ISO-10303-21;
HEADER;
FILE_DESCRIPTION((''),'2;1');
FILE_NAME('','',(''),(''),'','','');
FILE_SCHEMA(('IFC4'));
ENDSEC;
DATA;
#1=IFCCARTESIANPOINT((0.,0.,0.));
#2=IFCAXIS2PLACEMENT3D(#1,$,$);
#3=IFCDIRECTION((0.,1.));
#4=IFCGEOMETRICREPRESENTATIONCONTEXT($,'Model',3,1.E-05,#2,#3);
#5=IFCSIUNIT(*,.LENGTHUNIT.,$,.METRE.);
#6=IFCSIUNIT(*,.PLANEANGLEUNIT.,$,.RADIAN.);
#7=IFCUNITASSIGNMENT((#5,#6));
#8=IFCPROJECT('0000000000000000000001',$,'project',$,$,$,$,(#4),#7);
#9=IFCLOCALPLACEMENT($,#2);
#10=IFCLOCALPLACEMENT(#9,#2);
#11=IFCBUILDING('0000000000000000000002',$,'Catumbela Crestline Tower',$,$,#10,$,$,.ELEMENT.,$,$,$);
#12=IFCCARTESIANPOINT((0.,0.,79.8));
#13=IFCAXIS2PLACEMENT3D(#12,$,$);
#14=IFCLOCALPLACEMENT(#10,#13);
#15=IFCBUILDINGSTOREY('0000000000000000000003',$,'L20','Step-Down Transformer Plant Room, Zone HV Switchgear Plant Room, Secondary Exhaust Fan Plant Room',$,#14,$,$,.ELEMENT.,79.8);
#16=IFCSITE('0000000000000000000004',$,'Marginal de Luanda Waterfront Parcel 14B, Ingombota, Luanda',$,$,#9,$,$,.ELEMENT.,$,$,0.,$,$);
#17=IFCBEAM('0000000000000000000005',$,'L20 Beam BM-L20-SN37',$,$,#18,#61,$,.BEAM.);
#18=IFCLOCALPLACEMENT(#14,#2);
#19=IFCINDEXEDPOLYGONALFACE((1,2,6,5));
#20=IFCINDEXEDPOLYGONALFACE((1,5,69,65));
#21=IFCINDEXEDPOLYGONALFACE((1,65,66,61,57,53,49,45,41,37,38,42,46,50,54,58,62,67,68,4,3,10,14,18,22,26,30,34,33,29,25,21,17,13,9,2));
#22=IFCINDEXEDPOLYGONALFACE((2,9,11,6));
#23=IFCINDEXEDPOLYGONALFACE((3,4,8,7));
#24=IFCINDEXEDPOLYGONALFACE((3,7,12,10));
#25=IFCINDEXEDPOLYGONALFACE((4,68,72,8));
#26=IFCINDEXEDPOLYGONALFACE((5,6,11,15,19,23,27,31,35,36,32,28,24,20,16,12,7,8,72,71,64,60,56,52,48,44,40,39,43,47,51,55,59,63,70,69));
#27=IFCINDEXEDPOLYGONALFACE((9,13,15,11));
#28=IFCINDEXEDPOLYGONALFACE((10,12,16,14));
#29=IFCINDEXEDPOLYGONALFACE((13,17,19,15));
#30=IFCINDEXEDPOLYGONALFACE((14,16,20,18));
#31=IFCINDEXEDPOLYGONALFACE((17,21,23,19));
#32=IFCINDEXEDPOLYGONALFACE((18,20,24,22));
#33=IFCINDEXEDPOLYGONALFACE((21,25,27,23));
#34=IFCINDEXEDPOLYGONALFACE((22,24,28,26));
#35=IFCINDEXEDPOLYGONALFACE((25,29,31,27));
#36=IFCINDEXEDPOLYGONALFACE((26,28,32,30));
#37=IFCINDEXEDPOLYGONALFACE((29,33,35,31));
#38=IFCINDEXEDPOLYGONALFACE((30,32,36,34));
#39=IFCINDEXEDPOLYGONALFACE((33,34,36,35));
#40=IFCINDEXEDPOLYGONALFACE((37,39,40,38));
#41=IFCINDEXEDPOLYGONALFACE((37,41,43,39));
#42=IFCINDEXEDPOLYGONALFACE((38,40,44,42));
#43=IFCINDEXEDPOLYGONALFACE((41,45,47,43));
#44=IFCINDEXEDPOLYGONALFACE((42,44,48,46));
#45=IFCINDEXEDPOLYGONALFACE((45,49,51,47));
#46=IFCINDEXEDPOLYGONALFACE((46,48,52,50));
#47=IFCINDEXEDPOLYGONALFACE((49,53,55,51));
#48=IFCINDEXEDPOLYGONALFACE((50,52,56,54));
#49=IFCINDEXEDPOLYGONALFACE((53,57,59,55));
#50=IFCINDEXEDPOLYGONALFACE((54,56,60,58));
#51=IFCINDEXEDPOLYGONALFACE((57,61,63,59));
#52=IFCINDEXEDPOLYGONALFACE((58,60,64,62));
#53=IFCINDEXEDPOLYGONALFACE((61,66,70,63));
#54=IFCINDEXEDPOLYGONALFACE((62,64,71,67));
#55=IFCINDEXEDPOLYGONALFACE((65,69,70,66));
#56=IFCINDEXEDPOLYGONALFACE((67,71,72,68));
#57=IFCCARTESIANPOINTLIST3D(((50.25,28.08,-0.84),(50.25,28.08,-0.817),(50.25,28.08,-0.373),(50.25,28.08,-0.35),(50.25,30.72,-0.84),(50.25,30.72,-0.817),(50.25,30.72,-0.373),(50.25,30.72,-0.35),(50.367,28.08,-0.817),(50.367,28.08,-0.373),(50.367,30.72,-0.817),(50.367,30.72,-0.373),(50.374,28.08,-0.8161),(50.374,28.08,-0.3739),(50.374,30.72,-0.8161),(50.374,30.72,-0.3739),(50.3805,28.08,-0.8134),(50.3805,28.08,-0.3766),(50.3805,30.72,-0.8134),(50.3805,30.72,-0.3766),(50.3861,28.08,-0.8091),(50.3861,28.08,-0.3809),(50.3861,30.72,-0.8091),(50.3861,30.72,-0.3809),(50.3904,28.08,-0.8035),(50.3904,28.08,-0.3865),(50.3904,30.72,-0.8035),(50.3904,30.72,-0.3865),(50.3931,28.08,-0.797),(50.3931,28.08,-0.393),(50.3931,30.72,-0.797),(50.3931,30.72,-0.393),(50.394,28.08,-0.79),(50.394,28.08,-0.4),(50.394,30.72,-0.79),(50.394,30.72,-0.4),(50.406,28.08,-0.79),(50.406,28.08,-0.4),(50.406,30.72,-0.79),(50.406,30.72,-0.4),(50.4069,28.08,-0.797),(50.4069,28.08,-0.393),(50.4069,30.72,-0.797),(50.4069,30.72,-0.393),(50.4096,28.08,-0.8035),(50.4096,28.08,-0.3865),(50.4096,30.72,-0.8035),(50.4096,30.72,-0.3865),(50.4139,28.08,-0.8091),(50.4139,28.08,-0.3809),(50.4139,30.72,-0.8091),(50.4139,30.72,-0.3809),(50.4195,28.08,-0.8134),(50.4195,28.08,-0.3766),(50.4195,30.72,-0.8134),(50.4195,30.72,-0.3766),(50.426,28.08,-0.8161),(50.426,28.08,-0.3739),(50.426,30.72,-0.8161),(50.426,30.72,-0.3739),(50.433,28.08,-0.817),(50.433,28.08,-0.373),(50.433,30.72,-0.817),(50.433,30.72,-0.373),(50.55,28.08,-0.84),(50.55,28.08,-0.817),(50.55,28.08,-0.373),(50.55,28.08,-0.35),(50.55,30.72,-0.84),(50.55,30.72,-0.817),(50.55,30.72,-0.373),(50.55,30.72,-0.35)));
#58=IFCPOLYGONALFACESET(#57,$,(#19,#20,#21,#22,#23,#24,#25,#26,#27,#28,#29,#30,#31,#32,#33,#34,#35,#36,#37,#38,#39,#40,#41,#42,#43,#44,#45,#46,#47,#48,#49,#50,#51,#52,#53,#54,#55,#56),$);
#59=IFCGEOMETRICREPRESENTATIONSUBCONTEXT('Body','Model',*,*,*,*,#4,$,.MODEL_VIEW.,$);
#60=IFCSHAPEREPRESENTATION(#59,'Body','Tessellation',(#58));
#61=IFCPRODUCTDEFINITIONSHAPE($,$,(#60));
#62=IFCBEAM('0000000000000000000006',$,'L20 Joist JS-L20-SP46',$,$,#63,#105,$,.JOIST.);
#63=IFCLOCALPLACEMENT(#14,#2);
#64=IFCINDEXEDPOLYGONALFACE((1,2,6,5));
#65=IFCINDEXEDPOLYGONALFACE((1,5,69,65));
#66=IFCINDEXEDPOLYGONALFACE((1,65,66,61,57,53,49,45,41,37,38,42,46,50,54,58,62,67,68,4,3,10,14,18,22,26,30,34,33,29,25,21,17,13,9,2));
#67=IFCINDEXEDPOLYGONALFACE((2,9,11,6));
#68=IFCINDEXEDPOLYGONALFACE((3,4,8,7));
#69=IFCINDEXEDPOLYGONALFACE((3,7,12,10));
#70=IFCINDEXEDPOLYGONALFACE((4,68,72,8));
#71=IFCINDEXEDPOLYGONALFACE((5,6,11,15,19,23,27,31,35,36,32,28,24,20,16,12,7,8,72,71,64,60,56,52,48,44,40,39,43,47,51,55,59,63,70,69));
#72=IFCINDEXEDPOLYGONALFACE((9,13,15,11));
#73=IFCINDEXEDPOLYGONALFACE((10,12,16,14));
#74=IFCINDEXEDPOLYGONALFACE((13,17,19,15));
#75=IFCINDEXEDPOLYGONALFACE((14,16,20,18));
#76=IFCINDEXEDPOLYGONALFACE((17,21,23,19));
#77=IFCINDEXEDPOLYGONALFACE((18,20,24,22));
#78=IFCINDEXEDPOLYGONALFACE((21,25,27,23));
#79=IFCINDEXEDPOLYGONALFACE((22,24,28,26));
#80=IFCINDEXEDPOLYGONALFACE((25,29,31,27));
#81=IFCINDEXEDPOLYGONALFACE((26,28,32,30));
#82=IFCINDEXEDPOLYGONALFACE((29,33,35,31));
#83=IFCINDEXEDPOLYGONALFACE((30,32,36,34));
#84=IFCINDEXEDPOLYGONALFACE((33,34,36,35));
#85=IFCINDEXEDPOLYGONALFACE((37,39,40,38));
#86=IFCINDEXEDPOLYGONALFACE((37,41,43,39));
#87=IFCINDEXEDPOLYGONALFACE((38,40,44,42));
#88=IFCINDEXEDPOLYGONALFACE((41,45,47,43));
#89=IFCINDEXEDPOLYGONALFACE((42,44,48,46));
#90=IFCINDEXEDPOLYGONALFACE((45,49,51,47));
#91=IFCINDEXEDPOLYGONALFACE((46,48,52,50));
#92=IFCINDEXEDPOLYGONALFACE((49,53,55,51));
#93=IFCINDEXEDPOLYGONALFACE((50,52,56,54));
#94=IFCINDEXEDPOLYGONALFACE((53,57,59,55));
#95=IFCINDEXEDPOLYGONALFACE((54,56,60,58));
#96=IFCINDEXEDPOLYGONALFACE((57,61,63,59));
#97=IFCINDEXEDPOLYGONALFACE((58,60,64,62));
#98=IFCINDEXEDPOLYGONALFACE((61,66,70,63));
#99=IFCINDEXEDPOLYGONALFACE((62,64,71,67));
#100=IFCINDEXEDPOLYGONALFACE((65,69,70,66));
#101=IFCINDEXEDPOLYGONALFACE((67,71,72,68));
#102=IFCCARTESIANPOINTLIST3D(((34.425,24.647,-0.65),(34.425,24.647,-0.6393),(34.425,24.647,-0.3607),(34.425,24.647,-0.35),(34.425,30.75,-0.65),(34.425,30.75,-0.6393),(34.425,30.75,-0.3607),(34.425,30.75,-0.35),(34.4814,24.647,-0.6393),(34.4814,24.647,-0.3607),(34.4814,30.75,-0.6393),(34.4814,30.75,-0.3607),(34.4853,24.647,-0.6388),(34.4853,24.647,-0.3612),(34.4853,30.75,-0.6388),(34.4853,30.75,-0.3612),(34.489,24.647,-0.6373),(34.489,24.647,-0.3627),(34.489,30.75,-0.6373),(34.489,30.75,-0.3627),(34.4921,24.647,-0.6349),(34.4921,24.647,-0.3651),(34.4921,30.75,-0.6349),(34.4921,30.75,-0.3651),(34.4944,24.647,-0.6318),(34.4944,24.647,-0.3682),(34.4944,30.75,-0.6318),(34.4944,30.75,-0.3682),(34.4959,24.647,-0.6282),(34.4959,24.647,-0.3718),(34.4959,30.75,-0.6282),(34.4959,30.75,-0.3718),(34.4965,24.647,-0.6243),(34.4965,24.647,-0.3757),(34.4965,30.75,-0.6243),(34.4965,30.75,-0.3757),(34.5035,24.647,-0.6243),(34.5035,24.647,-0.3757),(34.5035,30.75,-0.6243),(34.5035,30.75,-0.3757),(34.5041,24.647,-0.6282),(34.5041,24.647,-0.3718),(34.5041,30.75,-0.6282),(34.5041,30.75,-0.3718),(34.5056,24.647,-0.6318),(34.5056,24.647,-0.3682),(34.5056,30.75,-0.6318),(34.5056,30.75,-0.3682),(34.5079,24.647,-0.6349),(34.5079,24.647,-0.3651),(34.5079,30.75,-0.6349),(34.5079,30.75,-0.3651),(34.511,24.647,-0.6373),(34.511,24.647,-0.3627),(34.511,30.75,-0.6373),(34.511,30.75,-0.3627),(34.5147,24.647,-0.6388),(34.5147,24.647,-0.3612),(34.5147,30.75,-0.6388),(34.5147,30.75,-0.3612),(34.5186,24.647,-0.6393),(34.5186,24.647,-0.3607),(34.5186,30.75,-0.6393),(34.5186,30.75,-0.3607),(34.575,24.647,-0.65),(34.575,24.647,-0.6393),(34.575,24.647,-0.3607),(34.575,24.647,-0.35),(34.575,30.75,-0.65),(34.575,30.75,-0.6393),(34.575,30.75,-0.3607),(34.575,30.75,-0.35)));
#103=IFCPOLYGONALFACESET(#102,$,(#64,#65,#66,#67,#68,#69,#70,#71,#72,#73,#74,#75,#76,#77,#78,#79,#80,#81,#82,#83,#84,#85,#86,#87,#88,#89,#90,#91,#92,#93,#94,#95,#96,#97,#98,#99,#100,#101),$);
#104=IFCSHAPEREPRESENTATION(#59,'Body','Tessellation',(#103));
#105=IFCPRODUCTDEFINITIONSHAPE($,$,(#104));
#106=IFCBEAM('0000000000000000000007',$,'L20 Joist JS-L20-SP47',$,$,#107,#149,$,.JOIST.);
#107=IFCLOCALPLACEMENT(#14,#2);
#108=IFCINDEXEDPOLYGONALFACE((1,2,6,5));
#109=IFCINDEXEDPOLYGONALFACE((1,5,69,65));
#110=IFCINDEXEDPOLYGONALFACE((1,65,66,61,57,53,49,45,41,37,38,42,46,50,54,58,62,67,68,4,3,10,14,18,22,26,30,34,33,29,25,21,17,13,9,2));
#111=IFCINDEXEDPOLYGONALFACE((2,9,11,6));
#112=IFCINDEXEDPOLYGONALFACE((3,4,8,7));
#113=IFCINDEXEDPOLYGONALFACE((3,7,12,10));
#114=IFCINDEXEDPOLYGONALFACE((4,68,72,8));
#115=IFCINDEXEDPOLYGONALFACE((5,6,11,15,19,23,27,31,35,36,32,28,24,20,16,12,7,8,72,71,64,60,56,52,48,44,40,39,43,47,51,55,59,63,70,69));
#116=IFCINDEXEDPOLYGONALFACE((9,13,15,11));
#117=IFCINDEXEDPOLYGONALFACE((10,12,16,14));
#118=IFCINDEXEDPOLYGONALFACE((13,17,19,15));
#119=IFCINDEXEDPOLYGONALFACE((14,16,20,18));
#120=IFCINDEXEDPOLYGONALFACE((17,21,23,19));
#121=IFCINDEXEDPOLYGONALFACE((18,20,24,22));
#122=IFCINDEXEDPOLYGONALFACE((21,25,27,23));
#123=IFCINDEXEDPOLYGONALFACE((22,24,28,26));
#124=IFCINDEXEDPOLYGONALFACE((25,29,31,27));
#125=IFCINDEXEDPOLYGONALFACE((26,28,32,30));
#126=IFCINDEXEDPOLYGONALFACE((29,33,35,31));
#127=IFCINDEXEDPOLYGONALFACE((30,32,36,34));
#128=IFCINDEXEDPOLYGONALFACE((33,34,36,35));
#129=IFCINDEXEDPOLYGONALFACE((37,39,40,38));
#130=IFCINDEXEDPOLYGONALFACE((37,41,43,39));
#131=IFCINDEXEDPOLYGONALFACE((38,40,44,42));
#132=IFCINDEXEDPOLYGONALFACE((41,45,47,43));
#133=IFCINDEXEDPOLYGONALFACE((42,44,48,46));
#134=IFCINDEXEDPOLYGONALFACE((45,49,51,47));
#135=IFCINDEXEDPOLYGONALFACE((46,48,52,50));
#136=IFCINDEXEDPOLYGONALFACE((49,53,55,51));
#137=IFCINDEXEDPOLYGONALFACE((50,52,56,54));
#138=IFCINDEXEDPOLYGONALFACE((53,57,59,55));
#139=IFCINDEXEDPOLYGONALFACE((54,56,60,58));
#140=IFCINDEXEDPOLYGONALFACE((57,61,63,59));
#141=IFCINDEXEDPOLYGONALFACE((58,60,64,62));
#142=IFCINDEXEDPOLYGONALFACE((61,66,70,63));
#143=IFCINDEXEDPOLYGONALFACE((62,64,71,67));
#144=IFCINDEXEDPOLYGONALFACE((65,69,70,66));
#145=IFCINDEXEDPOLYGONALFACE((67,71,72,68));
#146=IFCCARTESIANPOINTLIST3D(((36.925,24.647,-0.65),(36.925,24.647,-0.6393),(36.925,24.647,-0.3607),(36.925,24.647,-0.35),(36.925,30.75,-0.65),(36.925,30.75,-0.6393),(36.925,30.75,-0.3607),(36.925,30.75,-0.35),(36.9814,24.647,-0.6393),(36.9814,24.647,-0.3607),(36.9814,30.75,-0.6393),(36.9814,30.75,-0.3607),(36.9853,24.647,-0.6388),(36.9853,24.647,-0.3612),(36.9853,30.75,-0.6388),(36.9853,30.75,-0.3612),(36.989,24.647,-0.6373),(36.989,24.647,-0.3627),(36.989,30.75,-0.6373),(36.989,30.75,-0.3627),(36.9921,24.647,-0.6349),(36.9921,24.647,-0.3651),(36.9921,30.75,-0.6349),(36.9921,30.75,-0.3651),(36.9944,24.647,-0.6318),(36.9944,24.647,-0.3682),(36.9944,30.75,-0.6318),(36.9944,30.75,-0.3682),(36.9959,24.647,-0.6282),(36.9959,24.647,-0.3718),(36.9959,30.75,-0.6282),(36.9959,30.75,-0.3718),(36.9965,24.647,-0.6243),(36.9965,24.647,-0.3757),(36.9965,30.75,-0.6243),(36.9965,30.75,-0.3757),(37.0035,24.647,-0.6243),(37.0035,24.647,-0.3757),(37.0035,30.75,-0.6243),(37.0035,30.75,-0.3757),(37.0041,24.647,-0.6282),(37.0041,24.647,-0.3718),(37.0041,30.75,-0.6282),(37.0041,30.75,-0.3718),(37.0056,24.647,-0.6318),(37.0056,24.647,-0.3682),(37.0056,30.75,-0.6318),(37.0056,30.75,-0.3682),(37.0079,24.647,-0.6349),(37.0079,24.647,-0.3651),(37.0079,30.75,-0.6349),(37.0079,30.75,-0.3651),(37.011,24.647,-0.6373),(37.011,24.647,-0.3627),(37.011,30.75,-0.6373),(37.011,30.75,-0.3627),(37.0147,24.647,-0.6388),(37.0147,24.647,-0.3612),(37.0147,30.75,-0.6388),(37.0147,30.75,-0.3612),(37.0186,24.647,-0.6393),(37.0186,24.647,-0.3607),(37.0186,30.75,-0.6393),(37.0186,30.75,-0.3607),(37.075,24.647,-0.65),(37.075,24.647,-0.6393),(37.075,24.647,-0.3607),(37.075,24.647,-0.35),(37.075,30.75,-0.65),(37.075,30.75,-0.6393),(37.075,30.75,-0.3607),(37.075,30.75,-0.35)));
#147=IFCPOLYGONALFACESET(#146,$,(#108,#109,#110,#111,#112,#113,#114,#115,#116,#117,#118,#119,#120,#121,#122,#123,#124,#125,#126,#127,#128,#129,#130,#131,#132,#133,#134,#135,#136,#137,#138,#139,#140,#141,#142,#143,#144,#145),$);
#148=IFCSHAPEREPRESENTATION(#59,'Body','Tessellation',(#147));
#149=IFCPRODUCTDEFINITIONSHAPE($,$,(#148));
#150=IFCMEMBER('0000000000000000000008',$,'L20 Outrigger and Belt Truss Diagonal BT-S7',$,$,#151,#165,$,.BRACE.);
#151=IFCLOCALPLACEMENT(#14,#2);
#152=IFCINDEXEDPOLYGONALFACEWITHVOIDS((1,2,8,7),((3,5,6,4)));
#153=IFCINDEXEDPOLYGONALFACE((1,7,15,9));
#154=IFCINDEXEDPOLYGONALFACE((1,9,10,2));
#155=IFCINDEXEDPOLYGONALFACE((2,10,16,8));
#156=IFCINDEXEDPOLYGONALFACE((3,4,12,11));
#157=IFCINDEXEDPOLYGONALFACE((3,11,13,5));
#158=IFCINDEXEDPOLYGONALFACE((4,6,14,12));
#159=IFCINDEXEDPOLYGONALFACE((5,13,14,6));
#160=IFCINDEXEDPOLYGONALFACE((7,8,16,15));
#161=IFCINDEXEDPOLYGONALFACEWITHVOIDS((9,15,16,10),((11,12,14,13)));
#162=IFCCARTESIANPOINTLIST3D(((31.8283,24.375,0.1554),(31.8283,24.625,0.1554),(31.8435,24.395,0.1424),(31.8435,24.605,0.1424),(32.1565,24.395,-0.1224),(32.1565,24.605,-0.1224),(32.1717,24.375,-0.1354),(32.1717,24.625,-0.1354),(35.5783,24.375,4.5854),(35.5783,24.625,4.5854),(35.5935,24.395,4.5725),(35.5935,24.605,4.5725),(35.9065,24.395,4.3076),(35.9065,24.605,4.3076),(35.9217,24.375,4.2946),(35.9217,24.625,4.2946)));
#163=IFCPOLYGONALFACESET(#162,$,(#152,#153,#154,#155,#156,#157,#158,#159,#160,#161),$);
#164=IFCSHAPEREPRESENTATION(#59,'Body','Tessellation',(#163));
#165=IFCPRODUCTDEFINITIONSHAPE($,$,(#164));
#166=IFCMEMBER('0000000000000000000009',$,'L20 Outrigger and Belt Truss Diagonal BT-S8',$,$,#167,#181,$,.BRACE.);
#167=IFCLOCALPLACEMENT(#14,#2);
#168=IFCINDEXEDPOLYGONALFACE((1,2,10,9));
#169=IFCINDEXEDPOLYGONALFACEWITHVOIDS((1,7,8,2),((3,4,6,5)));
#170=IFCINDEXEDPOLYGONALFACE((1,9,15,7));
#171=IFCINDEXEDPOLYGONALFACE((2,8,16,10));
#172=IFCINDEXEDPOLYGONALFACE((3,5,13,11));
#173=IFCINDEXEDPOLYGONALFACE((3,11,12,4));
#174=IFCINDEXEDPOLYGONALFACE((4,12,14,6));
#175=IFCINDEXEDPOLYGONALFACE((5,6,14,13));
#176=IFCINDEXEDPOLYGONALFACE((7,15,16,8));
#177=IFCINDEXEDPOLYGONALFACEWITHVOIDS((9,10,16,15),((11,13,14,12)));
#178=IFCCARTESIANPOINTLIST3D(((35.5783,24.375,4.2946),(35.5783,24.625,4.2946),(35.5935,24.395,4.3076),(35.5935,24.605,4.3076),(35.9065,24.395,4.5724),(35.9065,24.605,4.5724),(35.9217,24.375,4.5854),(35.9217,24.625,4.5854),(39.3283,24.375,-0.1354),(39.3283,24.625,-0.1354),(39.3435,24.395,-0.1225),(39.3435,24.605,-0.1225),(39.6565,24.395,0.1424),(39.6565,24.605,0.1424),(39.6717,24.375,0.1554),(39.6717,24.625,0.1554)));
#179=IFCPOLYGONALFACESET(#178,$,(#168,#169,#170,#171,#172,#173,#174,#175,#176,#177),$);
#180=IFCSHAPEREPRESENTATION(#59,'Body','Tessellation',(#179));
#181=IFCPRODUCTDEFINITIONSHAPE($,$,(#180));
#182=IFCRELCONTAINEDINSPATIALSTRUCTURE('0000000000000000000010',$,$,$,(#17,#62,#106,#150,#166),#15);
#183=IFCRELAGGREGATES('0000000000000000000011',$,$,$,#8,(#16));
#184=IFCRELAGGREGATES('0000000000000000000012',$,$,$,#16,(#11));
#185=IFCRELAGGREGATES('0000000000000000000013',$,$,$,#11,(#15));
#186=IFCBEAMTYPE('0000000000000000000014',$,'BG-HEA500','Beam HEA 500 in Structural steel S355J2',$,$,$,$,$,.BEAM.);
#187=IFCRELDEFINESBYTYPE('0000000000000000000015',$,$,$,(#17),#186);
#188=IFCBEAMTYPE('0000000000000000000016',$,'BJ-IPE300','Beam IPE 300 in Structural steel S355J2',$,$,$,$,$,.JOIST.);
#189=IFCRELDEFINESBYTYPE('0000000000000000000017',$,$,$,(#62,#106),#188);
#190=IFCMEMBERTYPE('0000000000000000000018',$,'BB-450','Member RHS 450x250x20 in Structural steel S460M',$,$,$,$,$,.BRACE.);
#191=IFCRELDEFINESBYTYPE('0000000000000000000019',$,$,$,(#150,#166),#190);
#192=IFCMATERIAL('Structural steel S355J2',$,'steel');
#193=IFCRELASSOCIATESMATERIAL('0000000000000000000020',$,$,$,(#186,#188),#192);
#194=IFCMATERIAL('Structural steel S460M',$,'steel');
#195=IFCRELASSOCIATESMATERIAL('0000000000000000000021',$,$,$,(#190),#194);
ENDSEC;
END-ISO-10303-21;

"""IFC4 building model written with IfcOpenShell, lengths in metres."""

from ifc_helpers import new_model, si_unit, direction, frame, origin, origin_2d, place, context, subcontext, project, spatial, hollow_rectangle, i_section, extrude, material, material_profile, profile_set, type_object, element, save


model = new_model("IFC4")

# Units and contexts
model_context = context("Model", 3, precision=1e-05, world=origin(), true_north=direction((0.0, 1.0)))
body_context = subcontext(model_context, "Body", "Model", "MODEL_VIEW")
ifc_project = project(units=[si_unit("LENGTHUNIT", "METRE"), si_unit("PLANEANGLEUNIT", "RADIAN")], contexts=[model_context])

# Site, building, storey
site_placement = place(None, origin())
site = spatial("IfcSite", under=ifc_project, at=site_placement, Name="Marginal de Luanda Waterfront Parcel 14B, Ingombota, Luanda", CompositionType="ELEMENT", RefElevation=0.0)
building_placement = place(site_placement, origin())
building = spatial("IfcBuilding", under=site, at=building_placement, Name="Catumbela Crestline Tower", CompositionType="ELEMENT")
storey_placement = place(building_placement, frame((0.0, 0.0, 79.8)))
storey = spatial("IfcBuildingStorey", under=building, at=storey_placement, Name="L20", Description="Step-Down Transformer Plant Room, Zone HV Switchgear Plant Room, Secondary Exhaust Fan Plant Room", CompositionType="ELEMENT", Elevation=79.8)

# Shared definitions
ifc_material_1 = material(Name="Structural steel S460M", Category="steel")

# Beams
ifc_material_2 = material(Name="Structural steel S355J2", Category="steel")
ifc_material_profile_1 = material_profile(ifc_material_2, i_section(OverallWidth=0.3, OverallDepth=0.49, WebThickness=0.012, FlangeThickness=0.023, FilletRadius=0.027, at=origin_2d()), Name="HEA 500")
ifc_profile_set_1 = profile_set([ifc_material_profile_1], Name="Structural steel S355J2")
beam_type_1 = type_object("IfcBeamType", Name="BG-HEA500", Description="Beam HEA 500 in Structural steel S355J2", PredefinedType="BEAM", material=ifc_profile_set_1)
beam_1_placement = place(storey_placement, frame((50.4, 28.08, -0.595), z_axis=(0.0, 1.0, 0.0), x_axis=(-1.0, 0.0, 0.0)))
element("IfcBeam", 1, at=beam_1_placement, inside=storey, type_object=beam_type_1, Name="L20 Beam BM-L20-SN37", PredefinedType="BEAM", context=body_context, shape_type="SweptSolid", body=[
    extrude(i_section(OverallWidth=0.3, OverallDepth=0.49, WebThickness=0.012, FlangeThickness=0.023, FilletRadius=0.027, at=origin_2d()), origin(), (0.0, 0.0, 1.0), 2.64),
])
ifc_material_profile_2 = material_profile(ifc_material_2, i_section(OverallWidth=0.15, OverallDepth=0.3, WebThickness=0.0071, FlangeThickness=0.0107, FilletRadius=0.015, at=origin_2d()), Name="IPE 300")
ifc_profile_set_2 = profile_set([ifc_material_profile_2], Name="Structural steel S355J2")
beam_type_2 = type_object("IfcBeamType", Name="BJ-IPE300", Description="Beam IPE 300 in Structural steel S355J2", PredefinedType="JOIST", material=ifc_profile_set_2)
for number, where, z_axis, x_axis, name in (
    (2, (34.5, 24.647, -0.5), (0.0, 1.0, 0.0), (-1.0, 0.0, 0.0), "L20 Joist JS-L20-SP46"),
    (3, (37.0, 24.647, -0.5), (0.0, 1.0, 0.0), (-1.0, 0.0, 0.0), "L20 Joist JS-L20-SP47"),
):
    element("IfcBeam", number, at=place(storey_placement, frame(where, z_axis=z_axis, x_axis=x_axis)), inside=storey, type_object=beam_type_2, Name=name, PredefinedType="JOIST", context=body_context, shape_type="SweptSolid", body=[
        extrude(i_section(OverallWidth=0.15, OverallDepth=0.3, WebThickness=0.0071, FlangeThickness=0.0107, FilletRadius=0.015, at=origin_2d()), origin(), (0.0, 0.0, 1.0), 6.103),
    ])

# Members
ifc_material_profile_3 = material_profile(ifc_material_1, hollow_rectangle(XDim=0.25, YDim=0.45, WallThickness=0.02, at=origin_2d()), Name="RHS 450x250x20")
ifc_profile_set_3 = profile_set([ifc_material_profile_3], Name="Structural steel S460M")
member_type_1 = type_object("IfcMemberType", Name="BB-450", Description="Member RHS 450x250x20 in Structural steel S460M", PredefinedType="BRACE", material=ifc_profile_set_3)
for number, where, z_axis, x_axis, name in (
    (4, (32.0, 24.5, 0.01), (0.646097, 0.0, 0.763256), (0.0, 1.0, 0.0), "L20 Outrigger and Belt Truss Diagonal BT-S7"),
    (5, (35.75, 24.5, 4.44), (0.646097, 0.0, -0.763256), (0.0, 1.0, 0.0), "L20 Outrigger and Belt Truss Diagonal BT-S8"),
):
    element("IfcMember", number, at=place(storey_placement, frame(where, z_axis=z_axis, x_axis=x_axis)), inside=storey, type_object=member_type_1, Name=name, PredefinedType="BRACE", context=body_context, shape_type="SweptSolid", body=[
        extrude(hollow_rectangle(XDim=0.25, YDim=0.45, WallThickness=0.02, at=origin_2d()), origin(), (0.0, 0.0, 1.0), 5.8041),
    ])

save(model, "model.ifc")
